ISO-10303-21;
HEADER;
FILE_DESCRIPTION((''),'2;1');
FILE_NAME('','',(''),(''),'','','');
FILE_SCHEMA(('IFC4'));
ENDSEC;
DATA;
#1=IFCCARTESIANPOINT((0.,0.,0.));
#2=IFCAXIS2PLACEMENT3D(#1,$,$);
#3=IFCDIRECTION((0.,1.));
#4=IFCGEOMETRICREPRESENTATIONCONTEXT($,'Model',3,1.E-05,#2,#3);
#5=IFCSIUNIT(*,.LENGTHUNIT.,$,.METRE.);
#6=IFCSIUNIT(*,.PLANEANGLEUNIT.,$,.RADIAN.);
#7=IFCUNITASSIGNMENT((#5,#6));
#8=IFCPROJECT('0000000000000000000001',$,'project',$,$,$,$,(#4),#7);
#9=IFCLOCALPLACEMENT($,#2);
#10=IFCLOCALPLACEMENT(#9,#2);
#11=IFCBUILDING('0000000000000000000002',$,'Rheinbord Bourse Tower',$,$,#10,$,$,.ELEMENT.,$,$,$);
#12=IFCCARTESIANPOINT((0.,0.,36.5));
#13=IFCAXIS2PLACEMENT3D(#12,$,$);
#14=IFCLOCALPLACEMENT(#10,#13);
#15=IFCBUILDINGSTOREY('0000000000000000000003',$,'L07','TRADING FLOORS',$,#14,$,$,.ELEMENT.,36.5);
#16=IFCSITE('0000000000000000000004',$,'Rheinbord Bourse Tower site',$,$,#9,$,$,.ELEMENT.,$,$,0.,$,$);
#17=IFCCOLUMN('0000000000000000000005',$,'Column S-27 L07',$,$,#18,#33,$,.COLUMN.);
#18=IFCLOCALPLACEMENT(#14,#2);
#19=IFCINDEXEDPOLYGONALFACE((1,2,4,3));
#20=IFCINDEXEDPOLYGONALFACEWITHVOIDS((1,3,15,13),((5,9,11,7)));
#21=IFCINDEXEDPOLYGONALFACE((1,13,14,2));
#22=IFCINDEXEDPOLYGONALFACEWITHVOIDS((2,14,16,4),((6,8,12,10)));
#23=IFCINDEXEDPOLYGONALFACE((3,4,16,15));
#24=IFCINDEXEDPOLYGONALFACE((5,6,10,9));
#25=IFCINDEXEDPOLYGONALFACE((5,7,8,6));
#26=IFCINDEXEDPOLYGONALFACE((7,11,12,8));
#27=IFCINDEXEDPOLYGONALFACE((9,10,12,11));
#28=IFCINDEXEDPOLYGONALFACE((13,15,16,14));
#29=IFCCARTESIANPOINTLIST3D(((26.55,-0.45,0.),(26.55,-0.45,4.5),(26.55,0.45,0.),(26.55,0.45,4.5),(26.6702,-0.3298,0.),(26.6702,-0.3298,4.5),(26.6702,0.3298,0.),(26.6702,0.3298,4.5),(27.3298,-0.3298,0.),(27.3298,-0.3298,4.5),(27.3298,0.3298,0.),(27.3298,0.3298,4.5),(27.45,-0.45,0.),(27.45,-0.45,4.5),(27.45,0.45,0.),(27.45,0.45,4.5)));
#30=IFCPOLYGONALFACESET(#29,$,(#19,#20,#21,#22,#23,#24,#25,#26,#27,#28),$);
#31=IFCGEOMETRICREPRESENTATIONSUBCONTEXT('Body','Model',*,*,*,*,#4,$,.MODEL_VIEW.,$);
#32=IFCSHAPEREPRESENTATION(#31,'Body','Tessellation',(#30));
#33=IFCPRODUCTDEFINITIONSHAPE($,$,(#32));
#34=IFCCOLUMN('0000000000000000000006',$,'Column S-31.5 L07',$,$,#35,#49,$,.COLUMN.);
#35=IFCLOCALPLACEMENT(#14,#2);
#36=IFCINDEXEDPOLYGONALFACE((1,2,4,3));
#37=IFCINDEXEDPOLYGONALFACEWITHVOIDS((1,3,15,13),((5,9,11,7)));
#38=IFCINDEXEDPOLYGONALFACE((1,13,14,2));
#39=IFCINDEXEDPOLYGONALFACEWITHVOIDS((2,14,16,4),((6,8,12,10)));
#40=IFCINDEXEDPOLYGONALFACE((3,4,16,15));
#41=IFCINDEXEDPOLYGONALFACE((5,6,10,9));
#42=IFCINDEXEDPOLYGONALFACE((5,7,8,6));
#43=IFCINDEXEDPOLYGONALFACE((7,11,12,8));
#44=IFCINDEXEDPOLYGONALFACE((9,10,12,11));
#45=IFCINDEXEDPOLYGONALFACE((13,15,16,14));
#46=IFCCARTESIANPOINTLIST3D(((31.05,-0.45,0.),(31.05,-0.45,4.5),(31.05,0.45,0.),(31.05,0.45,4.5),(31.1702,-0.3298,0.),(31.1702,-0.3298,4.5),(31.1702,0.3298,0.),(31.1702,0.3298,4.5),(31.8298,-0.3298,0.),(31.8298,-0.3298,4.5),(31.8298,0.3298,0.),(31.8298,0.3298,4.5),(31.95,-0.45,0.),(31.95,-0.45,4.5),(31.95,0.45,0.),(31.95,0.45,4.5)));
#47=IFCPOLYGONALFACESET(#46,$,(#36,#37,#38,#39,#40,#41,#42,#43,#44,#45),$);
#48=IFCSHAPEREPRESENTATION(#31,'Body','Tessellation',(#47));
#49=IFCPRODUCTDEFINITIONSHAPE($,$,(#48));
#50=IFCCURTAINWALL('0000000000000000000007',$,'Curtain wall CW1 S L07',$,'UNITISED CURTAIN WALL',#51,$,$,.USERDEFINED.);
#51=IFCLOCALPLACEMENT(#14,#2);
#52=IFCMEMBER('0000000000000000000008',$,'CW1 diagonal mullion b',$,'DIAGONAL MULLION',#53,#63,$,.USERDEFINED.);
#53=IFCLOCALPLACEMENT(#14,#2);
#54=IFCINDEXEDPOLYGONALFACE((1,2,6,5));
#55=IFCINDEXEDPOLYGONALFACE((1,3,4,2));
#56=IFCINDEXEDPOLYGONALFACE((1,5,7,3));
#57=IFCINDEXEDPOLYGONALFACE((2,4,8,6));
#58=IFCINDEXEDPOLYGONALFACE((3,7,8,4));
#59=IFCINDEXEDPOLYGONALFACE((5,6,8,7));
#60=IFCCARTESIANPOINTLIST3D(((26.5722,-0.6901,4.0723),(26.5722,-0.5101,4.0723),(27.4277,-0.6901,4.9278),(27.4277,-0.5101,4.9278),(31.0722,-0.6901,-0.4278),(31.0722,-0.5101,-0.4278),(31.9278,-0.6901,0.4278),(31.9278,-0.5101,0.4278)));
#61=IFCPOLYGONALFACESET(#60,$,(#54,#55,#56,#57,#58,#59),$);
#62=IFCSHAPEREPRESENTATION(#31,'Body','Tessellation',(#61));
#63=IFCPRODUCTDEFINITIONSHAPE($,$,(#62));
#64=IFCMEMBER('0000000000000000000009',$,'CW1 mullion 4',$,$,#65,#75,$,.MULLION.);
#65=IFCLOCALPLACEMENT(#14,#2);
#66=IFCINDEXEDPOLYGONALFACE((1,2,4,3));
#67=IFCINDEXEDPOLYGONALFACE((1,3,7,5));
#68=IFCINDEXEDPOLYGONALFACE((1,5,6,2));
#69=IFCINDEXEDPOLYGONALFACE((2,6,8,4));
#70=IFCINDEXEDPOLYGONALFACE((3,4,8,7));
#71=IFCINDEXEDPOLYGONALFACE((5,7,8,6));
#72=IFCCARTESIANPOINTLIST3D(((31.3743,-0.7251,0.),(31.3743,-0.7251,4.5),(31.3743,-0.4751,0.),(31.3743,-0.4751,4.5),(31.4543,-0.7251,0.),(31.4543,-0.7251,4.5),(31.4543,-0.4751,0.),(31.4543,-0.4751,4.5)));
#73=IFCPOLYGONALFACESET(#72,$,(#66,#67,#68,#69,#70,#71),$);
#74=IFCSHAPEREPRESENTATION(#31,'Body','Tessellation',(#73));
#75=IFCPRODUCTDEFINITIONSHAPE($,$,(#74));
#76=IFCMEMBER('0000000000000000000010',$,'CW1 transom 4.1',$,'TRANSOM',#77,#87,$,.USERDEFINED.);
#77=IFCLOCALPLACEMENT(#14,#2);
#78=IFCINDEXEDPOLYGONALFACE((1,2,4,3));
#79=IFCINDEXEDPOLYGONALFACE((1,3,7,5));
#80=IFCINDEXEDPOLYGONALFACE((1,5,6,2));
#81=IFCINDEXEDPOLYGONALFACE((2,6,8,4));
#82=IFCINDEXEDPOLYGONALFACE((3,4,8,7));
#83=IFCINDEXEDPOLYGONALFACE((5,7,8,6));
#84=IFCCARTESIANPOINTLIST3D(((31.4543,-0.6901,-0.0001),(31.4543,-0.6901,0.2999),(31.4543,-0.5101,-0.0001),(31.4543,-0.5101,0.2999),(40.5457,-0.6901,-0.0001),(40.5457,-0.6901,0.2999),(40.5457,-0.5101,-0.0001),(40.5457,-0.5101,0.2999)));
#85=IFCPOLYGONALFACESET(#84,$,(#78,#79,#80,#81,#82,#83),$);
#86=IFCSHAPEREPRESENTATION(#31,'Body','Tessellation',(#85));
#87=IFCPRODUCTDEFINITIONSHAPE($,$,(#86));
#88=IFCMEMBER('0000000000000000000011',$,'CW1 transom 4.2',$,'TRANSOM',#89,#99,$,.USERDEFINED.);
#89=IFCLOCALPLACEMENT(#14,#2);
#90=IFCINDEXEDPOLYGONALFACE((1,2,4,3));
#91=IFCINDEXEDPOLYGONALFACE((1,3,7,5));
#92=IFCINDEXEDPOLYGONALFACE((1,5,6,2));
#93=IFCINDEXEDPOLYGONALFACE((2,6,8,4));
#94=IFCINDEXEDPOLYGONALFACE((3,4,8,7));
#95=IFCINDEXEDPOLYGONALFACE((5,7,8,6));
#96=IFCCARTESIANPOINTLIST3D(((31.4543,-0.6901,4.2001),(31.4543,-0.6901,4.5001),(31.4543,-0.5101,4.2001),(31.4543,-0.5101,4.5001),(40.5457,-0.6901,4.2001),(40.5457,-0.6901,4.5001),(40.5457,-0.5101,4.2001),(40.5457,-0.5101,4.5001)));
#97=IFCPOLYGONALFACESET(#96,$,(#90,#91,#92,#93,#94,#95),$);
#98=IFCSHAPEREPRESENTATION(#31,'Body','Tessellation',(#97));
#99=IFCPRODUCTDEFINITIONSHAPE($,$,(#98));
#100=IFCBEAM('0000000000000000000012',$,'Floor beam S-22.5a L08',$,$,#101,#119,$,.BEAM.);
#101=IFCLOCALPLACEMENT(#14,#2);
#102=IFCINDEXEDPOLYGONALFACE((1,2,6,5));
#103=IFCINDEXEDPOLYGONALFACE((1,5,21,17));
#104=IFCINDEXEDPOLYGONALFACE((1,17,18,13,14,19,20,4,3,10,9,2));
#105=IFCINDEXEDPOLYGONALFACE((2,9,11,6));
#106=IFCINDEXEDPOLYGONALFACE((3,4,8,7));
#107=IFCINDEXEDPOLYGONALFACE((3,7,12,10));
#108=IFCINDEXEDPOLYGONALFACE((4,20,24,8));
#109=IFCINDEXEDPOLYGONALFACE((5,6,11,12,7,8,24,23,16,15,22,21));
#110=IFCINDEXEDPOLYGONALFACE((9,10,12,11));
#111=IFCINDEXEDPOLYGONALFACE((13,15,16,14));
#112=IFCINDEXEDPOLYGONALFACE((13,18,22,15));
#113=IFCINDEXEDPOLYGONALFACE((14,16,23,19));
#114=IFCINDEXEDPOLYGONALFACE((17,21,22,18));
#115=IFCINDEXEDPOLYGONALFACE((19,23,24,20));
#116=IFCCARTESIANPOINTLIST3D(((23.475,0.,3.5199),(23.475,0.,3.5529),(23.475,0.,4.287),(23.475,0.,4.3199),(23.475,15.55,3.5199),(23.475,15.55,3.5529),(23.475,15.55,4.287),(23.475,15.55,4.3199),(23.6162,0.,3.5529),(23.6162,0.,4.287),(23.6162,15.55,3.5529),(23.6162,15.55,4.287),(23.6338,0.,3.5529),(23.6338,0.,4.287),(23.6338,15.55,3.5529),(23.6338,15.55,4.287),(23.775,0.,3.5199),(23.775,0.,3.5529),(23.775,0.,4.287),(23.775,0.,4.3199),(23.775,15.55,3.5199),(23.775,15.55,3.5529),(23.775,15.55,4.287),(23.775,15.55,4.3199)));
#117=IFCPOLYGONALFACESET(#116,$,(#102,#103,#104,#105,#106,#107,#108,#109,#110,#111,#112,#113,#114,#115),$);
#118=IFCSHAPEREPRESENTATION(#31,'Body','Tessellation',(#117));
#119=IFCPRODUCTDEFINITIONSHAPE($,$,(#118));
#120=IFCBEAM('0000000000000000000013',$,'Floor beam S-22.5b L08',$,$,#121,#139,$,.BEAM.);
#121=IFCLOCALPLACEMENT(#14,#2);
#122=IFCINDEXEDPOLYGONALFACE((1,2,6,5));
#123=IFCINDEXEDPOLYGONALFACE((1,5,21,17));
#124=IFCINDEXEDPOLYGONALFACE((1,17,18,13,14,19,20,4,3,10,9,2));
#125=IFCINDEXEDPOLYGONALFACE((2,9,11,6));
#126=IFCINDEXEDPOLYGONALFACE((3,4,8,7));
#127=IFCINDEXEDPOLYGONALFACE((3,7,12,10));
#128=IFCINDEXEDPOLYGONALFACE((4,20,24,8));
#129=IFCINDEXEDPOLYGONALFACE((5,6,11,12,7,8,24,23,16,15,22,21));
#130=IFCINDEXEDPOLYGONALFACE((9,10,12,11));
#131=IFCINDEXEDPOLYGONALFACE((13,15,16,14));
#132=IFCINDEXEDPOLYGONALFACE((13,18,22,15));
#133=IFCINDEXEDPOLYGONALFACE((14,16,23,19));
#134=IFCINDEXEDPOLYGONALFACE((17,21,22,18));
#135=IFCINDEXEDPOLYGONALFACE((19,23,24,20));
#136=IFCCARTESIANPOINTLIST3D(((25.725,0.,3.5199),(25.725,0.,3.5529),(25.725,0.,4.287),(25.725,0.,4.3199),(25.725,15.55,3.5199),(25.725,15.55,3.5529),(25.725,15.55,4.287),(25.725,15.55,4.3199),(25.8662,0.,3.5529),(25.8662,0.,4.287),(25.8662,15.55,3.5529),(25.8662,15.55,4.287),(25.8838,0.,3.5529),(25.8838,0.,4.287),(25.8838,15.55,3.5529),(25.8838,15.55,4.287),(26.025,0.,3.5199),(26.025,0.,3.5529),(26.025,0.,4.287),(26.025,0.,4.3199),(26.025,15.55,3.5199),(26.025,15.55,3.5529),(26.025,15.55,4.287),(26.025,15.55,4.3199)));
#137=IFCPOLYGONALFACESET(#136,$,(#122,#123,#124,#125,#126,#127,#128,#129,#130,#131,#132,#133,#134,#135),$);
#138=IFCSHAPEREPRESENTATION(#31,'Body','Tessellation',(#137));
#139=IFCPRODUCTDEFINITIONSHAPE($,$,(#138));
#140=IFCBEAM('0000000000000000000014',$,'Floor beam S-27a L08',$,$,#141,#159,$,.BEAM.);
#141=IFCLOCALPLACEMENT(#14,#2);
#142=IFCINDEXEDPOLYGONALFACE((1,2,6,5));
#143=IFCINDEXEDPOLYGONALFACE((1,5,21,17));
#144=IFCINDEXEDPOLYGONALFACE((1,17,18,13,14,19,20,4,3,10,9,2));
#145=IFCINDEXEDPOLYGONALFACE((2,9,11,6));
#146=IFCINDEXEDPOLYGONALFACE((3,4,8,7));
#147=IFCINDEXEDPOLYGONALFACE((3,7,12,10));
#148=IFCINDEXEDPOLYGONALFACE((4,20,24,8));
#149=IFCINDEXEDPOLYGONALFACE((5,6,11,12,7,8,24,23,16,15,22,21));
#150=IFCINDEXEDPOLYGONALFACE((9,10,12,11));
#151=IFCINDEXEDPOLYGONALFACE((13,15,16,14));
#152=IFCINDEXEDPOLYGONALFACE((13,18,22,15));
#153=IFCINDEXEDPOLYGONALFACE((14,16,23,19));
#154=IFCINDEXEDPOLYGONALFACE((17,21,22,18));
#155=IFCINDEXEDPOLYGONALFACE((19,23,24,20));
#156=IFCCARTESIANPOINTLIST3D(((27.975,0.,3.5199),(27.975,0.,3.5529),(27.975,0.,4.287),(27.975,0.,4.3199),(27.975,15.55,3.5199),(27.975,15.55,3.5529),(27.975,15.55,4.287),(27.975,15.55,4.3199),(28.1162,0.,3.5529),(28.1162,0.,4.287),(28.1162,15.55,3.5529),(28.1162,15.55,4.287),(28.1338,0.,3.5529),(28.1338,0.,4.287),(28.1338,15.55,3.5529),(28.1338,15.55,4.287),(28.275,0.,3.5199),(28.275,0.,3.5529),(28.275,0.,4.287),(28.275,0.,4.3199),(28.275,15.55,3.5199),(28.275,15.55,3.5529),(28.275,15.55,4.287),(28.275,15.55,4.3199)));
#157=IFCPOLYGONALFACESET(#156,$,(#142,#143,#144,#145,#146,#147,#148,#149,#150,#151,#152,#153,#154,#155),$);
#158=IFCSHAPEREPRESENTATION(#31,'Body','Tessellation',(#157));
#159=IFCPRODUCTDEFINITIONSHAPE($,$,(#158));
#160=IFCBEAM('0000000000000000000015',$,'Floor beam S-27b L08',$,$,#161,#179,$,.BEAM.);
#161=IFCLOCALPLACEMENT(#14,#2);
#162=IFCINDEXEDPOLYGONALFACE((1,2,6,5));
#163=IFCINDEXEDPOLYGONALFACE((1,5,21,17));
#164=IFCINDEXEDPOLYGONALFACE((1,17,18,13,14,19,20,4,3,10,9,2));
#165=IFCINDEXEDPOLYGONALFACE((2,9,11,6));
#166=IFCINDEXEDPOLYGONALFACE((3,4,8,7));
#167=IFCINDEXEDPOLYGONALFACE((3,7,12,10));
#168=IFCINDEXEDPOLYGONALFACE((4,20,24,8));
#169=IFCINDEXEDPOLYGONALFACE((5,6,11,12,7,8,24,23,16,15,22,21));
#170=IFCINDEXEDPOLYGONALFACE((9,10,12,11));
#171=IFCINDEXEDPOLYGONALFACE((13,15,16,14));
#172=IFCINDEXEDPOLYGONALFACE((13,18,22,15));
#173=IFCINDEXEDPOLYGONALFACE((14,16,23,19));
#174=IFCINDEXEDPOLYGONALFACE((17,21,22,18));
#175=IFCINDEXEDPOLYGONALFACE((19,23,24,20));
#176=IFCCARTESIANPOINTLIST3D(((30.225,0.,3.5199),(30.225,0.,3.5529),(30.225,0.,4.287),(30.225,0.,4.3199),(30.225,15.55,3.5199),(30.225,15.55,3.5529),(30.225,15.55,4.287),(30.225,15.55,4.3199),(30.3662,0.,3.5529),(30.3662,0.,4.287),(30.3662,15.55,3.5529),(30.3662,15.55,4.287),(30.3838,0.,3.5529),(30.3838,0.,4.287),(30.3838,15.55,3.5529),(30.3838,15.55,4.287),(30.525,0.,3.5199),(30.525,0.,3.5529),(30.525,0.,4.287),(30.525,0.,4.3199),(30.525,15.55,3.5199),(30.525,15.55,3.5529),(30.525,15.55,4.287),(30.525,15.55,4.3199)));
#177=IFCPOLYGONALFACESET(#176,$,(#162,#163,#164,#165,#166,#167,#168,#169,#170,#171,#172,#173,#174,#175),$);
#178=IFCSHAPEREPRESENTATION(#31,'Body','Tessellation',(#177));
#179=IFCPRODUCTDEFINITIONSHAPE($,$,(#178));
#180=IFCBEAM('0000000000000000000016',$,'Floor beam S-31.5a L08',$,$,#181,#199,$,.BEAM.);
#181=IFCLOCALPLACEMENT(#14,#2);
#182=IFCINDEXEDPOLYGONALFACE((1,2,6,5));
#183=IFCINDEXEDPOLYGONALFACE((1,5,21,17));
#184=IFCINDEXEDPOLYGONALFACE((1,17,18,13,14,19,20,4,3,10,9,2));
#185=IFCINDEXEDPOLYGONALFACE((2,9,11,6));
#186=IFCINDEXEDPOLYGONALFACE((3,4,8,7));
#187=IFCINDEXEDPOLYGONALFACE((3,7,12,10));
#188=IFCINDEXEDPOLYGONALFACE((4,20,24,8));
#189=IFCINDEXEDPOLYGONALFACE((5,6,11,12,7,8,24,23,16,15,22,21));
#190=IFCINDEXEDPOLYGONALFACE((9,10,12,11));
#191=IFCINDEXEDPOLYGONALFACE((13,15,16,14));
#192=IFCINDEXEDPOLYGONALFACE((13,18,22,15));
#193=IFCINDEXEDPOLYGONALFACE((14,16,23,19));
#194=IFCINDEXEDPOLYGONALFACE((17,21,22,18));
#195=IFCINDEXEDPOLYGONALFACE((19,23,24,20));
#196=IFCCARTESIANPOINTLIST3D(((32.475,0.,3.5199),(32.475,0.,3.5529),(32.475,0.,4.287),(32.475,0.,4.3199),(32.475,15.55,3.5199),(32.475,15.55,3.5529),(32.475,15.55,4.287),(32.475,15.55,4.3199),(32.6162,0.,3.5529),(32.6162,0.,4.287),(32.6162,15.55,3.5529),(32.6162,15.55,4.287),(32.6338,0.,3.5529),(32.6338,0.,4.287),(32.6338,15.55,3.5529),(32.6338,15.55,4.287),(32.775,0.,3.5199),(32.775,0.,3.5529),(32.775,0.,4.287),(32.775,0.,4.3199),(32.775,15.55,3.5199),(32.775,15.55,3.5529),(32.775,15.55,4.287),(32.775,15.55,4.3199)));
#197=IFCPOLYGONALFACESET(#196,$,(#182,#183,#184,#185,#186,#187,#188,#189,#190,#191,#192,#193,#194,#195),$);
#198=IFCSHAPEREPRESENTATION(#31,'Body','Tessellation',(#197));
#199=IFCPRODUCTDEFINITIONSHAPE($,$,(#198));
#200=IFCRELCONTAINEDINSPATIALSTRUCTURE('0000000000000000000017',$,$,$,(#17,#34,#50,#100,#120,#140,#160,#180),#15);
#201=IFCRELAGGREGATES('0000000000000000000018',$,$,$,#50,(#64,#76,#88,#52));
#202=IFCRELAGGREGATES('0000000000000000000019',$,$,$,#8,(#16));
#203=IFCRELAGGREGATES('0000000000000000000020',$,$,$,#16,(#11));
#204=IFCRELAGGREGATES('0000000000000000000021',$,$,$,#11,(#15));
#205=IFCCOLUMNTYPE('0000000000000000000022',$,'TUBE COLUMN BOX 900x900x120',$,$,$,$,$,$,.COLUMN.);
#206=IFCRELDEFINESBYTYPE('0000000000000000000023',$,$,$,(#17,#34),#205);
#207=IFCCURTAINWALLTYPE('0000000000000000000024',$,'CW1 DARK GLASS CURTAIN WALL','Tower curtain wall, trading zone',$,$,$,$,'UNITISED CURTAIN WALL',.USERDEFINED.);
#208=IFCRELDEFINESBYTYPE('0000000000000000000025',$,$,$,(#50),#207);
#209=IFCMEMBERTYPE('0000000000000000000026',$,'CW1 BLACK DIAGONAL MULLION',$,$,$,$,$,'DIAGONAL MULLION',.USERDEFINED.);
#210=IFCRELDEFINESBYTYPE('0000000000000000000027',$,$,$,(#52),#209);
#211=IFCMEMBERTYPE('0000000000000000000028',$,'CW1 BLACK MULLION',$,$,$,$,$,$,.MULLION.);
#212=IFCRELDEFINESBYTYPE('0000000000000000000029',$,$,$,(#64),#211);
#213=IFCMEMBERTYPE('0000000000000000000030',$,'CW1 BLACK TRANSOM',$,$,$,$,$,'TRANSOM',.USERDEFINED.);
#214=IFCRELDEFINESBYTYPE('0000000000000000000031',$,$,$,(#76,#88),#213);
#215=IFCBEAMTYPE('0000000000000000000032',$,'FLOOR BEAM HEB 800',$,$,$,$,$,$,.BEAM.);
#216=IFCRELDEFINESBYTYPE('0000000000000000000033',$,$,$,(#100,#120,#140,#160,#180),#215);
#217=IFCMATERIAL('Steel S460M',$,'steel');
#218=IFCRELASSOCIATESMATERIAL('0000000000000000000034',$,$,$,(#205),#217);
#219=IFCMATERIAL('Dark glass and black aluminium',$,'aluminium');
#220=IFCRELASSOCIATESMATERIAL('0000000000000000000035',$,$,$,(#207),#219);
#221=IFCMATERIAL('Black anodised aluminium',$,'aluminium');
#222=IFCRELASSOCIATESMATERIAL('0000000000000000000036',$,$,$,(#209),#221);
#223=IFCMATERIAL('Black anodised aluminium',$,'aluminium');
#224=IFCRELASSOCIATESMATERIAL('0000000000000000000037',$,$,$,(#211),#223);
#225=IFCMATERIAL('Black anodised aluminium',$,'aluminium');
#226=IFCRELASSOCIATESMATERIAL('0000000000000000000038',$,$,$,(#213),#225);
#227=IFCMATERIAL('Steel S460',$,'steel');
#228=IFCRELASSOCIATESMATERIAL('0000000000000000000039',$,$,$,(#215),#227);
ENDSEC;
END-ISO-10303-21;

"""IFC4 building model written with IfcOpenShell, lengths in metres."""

from ifc_helpers import new_model, si_unit, direction, frame, origin, origin_2d, place, context, subcontext, project, spatial, rectangle, hollow_rectangle, i_section, extrude, material, material_profile, profile_set, type_object, element, aggregate, save


model = new_model("IFC4")

# Units and contexts
model_context = context("Model", 3, precision=1e-05, world=origin(), true_north=direction((0.0, 1.0)))
body_context = subcontext(model_context, "Body", "Model", "MODEL_VIEW")
ifc_project = project(units=[si_unit("LENGTHUNIT", "METRE"), si_unit("PLANEANGLEUNIT", "RADIAN")], contexts=[model_context])

# Site, building, storey
site_placement = place(None, origin())
site = spatial("IfcSite", under=ifc_project, at=site_placement, Name="Rheinbord Bourse Tower site", CompositionType="ELEMENT", RefElevation=0.0)
building_placement = place(site_placement, origin())
building = spatial("IfcBuilding", under=site, at=building_placement, Name="Rheinbord Bourse Tower", CompositionType="ELEMENT")
storey_placement = place(building_placement, frame((0.0, 0.0, 36.5)))
storey = spatial("IfcBuildingStorey", under=building, at=storey_placement, Name="L07", Description="TRADING FLOORS", CompositionType="ELEMENT", Elevation=36.5)

# Columns
ifc_material_1 = material(Name="Steel S460M", Category="steel")
ifc_material_profile_1 = material_profile(ifc_material_1, hollow_rectangle(XDim=0.8999, YDim=0.8999, WallThickness=0.1201, at=origin_2d()), Name="BOX 900x900x120")
ifc_profile_set_1 = profile_set([ifc_material_profile_1], Name="Steel S460M")
column_type = type_object("IfcColumnType", Name="TUBE COLUMN BOX 900x900x120", PredefinedType="COLUMN", material=ifc_profile_set_1)
for number, where, z_axis, x_axis, name in (
    (1, (27.0, 0.0, 0.0), (0.0, 0.0, 1.0), (0.0, 1.0, 0.0), "Column S-27 L07"),
    (2, (31.5, 0.0, 0.0), (0.0, 0.0, 1.0), (0.0, 1.0, 0.0), "Column S-31.5 L07"),
):
    element("IfcColumn", number, at=place(storey_placement, frame(where, z_axis=z_axis, x_axis=x_axis)), inside=storey, type_object=column_type, Name=name, PredefinedType="COLUMN", context=body_context, shape_type="SweptSolid", body=[
        extrude(hollow_rectangle(XDim=0.8999, YDim=0.8999, WallThickness=0.1201, at=origin_2d()), origin(), (0.0, 0.0, 1.0), 4.5),
    ])

# Curtain wall, members
ifc_material_2 = material(Name="Dark glass and black aluminium", Category="aluminium")
curtain_wall_type = type_object("IfcCurtainWallType", Name="CW1 DARK GLASS CURTAIN WALL", Description="Tower curtain wall, trading zone", ElementType="UNITISED CURTAIN WALL", PredefinedType="USERDEFINED", material=ifc_material_2)
curtain_wall_placement = place(storey_placement, origin())
curtain_wall = element("IfcCurtainWall", 3, at=curtain_wall_placement, inside=storey, type_object=curtain_wall_type, Name="Curtain wall CW1 S L07", ObjectType="UNITISED CURTAIN WALL", PredefinedType="USERDEFINED")
ifc_material_3 = material(Name="Black anodised aluminium", Category="aluminium")
ifc_material_profile_2 = material_profile(ifc_material_3, rectangle(XDim=0.1799, YDim=1.21, at=origin_2d()), Name="CW1 DIAGONAL MULLION 1210x180")
ifc_profile_set_2 = profile_set([ifc_material_profile_2], Name="Black anodised aluminium")
member_type_1 = type_object("IfcMemberType", Name="CW1 BLACK DIAGONAL MULLION", ElementType="DIAGONAL MULLION", PredefinedType="USERDEFINED", material=ifc_profile_set_2)
member_1_placement = place(storey_placement, frame((31.5, -0.6001, 0.0), z_axis=(-0.707107, 0.0, 0.707107), x_axis=(0.0, -1.0, 0.0)))
member_1 = element("IfcMember", 4, at=member_1_placement, type_object=member_type_1, Name="CW1 diagonal mullion b", ObjectType="DIAGONAL MULLION", PredefinedType="USERDEFINED", context=body_context, shape_type="SweptSolid", body=[
    extrude(rectangle(XDim=0.1799, YDim=1.21, at=origin_2d()), origin(), (0.0, 0.0, 1.0), 6.364),
])
ifc_material_4 = material(Name="Black anodised aluminium", Category="aluminium")
ifc_material_profile_3 = material_profile(ifc_material_4, rectangle(XDim=0.25, YDim=0.0801, at=origin_2d()), Name="CW1 MULLION 80x250")
ifc_profile_set_3 = profile_set([ifc_material_profile_3], Name="Black anodised aluminium")
member_type_2 = type_object("IfcMemberType", Name="CW1 BLACK MULLION", PredefinedType="MULLION", material=ifc_profile_set_3)
member_2_placement = place(storey_placement, frame((31.4143, -0.6001, 0.0), z_axis=(0.0, 0.0, 1.0), x_axis=(0.0, 1.0, 0.0)))
member_2 = element("IfcMember", 5, at=member_2_placement, type_object=member_type_2, Name="CW1 mullion 4", PredefinedType="MULLION", context=body_context, shape_type="SweptSolid", body=[
    extrude(rectangle(XDim=0.25, YDim=0.0801, at=origin_2d()), origin(), (0.0, 0.0, 1.0), 4.5),
])
ifc_material_5 = material(Name="Black anodised aluminium", Category="aluminium")
ifc_material_profile_4 = material_profile(ifc_material_5, rectangle(XDim=0.1799, YDim=0.3, at=origin_2d()), Name="CW1 TRANSOM 300x180")
ifc_profile_set_4 = profile_set([ifc_material_profile_4], Name="Black anodised aluminium")
member_type_3 = type_object("IfcMemberType", Name="CW1 BLACK TRANSOM", ElementType="TRANSOM", PredefinedType="USERDEFINED", material=ifc_profile_set_4)
member_3_placement = place(storey_placement, frame((31.4543, -0.6001, 0.1499), z_axis=(1.0, 0.0, 0.0), x_axis=(0.0, 1.0, 0.0)))
member_3 = element("IfcMember", 6, at=member_3_placement, type_object=member_type_3, Name="CW1 transom 4.1", ObjectType="TRANSOM", PredefinedType="USERDEFINED", context=body_context, shape_type="SweptSolid", body=[
    extrude(rectangle(XDim=0.1799, YDim=0.3, at=origin_2d()), origin(), (0.0, 0.0, 1.0), 9.0913),
])
member_4_placement = place(storey_placement, frame((31.4543, -0.6001, 4.3501), z_axis=(1.0, 0.0, 0.0), x_axis=(0.0, 1.0, 0.0)))
member_4 = element("IfcMember", 7, at=member_4_placement, type_object=member_type_3, Name="CW1 transom 4.2", ObjectType="TRANSOM", PredefinedType="USERDEFINED", context=body_context, shape_type="SweptSolid", body=[
    extrude(rectangle(XDim=0.1799, YDim=0.3, at=origin_2d()), origin(), (0.0, 0.0, 1.0), 9.0913),
])

# Beams
ifc_material_6 = material(Name="Steel S460", Category="steel")
ifc_material_profile_5 = material_profile(ifc_material_6, i_section(OverallWidth=0.3, OverallDepth=0.8, WebThickness=0.0176, FlangeThickness=0.033, at=origin_2d()), Name="HEB 800")
ifc_profile_set_5 = profile_set([ifc_material_profile_5], Name="Steel S460")
beam_type_1 = type_object("IfcBeamType", Name="FLOOR BEAM HEB 800", PredefinedType="BEAM", material=ifc_profile_set_5)
for number, where, z_axis, x_axis, name in (
    (8, (23.625, 0.0, 3.9199), (0.0, 1.0, 0.0), (-1.0, 0.0, 0.0), "Floor beam S-22.5a L08"),
    (9, (25.875, 0.0, 3.9199), (0.0, 1.0, 0.0), (-1.0, 0.0, 0.0), "Floor beam S-22.5b L08"),
    (10, (28.125, 0.0, 3.9199), (0.0, 1.0, 0.0), (-1.0, 0.0, 0.0), "Floor beam S-27a L08"),
    (11, (30.375, 0.0, 3.9199), (0.0, 1.0, 0.0), (-1.0, 0.0, 0.0), "Floor beam S-27b L08"),
    (12, (32.625, 0.0, 3.9199), (0.0, 1.0, 0.0), (-1.0, 0.0, 0.0), "Floor beam S-31.5a L08"),
):
    element("IfcBeam", number, at=place(storey_placement, frame(where, z_axis=z_axis, x_axis=x_axis)), inside=storey, type_object=beam_type_1, Name=name, PredefinedType="BEAM", context=body_context, shape_type="SweptSolid", body=[
        extrude(i_section(OverallWidth=0.3, OverallDepth=0.8, WebThickness=0.0176, FlangeThickness=0.033, at=origin_2d()), origin(), (0.0, 0.0, 1.0), 15.55),
    ])

aggregate(curtain_wall, [member_2, member_3, member_4, member_1])

save(model, "model.ifc")
